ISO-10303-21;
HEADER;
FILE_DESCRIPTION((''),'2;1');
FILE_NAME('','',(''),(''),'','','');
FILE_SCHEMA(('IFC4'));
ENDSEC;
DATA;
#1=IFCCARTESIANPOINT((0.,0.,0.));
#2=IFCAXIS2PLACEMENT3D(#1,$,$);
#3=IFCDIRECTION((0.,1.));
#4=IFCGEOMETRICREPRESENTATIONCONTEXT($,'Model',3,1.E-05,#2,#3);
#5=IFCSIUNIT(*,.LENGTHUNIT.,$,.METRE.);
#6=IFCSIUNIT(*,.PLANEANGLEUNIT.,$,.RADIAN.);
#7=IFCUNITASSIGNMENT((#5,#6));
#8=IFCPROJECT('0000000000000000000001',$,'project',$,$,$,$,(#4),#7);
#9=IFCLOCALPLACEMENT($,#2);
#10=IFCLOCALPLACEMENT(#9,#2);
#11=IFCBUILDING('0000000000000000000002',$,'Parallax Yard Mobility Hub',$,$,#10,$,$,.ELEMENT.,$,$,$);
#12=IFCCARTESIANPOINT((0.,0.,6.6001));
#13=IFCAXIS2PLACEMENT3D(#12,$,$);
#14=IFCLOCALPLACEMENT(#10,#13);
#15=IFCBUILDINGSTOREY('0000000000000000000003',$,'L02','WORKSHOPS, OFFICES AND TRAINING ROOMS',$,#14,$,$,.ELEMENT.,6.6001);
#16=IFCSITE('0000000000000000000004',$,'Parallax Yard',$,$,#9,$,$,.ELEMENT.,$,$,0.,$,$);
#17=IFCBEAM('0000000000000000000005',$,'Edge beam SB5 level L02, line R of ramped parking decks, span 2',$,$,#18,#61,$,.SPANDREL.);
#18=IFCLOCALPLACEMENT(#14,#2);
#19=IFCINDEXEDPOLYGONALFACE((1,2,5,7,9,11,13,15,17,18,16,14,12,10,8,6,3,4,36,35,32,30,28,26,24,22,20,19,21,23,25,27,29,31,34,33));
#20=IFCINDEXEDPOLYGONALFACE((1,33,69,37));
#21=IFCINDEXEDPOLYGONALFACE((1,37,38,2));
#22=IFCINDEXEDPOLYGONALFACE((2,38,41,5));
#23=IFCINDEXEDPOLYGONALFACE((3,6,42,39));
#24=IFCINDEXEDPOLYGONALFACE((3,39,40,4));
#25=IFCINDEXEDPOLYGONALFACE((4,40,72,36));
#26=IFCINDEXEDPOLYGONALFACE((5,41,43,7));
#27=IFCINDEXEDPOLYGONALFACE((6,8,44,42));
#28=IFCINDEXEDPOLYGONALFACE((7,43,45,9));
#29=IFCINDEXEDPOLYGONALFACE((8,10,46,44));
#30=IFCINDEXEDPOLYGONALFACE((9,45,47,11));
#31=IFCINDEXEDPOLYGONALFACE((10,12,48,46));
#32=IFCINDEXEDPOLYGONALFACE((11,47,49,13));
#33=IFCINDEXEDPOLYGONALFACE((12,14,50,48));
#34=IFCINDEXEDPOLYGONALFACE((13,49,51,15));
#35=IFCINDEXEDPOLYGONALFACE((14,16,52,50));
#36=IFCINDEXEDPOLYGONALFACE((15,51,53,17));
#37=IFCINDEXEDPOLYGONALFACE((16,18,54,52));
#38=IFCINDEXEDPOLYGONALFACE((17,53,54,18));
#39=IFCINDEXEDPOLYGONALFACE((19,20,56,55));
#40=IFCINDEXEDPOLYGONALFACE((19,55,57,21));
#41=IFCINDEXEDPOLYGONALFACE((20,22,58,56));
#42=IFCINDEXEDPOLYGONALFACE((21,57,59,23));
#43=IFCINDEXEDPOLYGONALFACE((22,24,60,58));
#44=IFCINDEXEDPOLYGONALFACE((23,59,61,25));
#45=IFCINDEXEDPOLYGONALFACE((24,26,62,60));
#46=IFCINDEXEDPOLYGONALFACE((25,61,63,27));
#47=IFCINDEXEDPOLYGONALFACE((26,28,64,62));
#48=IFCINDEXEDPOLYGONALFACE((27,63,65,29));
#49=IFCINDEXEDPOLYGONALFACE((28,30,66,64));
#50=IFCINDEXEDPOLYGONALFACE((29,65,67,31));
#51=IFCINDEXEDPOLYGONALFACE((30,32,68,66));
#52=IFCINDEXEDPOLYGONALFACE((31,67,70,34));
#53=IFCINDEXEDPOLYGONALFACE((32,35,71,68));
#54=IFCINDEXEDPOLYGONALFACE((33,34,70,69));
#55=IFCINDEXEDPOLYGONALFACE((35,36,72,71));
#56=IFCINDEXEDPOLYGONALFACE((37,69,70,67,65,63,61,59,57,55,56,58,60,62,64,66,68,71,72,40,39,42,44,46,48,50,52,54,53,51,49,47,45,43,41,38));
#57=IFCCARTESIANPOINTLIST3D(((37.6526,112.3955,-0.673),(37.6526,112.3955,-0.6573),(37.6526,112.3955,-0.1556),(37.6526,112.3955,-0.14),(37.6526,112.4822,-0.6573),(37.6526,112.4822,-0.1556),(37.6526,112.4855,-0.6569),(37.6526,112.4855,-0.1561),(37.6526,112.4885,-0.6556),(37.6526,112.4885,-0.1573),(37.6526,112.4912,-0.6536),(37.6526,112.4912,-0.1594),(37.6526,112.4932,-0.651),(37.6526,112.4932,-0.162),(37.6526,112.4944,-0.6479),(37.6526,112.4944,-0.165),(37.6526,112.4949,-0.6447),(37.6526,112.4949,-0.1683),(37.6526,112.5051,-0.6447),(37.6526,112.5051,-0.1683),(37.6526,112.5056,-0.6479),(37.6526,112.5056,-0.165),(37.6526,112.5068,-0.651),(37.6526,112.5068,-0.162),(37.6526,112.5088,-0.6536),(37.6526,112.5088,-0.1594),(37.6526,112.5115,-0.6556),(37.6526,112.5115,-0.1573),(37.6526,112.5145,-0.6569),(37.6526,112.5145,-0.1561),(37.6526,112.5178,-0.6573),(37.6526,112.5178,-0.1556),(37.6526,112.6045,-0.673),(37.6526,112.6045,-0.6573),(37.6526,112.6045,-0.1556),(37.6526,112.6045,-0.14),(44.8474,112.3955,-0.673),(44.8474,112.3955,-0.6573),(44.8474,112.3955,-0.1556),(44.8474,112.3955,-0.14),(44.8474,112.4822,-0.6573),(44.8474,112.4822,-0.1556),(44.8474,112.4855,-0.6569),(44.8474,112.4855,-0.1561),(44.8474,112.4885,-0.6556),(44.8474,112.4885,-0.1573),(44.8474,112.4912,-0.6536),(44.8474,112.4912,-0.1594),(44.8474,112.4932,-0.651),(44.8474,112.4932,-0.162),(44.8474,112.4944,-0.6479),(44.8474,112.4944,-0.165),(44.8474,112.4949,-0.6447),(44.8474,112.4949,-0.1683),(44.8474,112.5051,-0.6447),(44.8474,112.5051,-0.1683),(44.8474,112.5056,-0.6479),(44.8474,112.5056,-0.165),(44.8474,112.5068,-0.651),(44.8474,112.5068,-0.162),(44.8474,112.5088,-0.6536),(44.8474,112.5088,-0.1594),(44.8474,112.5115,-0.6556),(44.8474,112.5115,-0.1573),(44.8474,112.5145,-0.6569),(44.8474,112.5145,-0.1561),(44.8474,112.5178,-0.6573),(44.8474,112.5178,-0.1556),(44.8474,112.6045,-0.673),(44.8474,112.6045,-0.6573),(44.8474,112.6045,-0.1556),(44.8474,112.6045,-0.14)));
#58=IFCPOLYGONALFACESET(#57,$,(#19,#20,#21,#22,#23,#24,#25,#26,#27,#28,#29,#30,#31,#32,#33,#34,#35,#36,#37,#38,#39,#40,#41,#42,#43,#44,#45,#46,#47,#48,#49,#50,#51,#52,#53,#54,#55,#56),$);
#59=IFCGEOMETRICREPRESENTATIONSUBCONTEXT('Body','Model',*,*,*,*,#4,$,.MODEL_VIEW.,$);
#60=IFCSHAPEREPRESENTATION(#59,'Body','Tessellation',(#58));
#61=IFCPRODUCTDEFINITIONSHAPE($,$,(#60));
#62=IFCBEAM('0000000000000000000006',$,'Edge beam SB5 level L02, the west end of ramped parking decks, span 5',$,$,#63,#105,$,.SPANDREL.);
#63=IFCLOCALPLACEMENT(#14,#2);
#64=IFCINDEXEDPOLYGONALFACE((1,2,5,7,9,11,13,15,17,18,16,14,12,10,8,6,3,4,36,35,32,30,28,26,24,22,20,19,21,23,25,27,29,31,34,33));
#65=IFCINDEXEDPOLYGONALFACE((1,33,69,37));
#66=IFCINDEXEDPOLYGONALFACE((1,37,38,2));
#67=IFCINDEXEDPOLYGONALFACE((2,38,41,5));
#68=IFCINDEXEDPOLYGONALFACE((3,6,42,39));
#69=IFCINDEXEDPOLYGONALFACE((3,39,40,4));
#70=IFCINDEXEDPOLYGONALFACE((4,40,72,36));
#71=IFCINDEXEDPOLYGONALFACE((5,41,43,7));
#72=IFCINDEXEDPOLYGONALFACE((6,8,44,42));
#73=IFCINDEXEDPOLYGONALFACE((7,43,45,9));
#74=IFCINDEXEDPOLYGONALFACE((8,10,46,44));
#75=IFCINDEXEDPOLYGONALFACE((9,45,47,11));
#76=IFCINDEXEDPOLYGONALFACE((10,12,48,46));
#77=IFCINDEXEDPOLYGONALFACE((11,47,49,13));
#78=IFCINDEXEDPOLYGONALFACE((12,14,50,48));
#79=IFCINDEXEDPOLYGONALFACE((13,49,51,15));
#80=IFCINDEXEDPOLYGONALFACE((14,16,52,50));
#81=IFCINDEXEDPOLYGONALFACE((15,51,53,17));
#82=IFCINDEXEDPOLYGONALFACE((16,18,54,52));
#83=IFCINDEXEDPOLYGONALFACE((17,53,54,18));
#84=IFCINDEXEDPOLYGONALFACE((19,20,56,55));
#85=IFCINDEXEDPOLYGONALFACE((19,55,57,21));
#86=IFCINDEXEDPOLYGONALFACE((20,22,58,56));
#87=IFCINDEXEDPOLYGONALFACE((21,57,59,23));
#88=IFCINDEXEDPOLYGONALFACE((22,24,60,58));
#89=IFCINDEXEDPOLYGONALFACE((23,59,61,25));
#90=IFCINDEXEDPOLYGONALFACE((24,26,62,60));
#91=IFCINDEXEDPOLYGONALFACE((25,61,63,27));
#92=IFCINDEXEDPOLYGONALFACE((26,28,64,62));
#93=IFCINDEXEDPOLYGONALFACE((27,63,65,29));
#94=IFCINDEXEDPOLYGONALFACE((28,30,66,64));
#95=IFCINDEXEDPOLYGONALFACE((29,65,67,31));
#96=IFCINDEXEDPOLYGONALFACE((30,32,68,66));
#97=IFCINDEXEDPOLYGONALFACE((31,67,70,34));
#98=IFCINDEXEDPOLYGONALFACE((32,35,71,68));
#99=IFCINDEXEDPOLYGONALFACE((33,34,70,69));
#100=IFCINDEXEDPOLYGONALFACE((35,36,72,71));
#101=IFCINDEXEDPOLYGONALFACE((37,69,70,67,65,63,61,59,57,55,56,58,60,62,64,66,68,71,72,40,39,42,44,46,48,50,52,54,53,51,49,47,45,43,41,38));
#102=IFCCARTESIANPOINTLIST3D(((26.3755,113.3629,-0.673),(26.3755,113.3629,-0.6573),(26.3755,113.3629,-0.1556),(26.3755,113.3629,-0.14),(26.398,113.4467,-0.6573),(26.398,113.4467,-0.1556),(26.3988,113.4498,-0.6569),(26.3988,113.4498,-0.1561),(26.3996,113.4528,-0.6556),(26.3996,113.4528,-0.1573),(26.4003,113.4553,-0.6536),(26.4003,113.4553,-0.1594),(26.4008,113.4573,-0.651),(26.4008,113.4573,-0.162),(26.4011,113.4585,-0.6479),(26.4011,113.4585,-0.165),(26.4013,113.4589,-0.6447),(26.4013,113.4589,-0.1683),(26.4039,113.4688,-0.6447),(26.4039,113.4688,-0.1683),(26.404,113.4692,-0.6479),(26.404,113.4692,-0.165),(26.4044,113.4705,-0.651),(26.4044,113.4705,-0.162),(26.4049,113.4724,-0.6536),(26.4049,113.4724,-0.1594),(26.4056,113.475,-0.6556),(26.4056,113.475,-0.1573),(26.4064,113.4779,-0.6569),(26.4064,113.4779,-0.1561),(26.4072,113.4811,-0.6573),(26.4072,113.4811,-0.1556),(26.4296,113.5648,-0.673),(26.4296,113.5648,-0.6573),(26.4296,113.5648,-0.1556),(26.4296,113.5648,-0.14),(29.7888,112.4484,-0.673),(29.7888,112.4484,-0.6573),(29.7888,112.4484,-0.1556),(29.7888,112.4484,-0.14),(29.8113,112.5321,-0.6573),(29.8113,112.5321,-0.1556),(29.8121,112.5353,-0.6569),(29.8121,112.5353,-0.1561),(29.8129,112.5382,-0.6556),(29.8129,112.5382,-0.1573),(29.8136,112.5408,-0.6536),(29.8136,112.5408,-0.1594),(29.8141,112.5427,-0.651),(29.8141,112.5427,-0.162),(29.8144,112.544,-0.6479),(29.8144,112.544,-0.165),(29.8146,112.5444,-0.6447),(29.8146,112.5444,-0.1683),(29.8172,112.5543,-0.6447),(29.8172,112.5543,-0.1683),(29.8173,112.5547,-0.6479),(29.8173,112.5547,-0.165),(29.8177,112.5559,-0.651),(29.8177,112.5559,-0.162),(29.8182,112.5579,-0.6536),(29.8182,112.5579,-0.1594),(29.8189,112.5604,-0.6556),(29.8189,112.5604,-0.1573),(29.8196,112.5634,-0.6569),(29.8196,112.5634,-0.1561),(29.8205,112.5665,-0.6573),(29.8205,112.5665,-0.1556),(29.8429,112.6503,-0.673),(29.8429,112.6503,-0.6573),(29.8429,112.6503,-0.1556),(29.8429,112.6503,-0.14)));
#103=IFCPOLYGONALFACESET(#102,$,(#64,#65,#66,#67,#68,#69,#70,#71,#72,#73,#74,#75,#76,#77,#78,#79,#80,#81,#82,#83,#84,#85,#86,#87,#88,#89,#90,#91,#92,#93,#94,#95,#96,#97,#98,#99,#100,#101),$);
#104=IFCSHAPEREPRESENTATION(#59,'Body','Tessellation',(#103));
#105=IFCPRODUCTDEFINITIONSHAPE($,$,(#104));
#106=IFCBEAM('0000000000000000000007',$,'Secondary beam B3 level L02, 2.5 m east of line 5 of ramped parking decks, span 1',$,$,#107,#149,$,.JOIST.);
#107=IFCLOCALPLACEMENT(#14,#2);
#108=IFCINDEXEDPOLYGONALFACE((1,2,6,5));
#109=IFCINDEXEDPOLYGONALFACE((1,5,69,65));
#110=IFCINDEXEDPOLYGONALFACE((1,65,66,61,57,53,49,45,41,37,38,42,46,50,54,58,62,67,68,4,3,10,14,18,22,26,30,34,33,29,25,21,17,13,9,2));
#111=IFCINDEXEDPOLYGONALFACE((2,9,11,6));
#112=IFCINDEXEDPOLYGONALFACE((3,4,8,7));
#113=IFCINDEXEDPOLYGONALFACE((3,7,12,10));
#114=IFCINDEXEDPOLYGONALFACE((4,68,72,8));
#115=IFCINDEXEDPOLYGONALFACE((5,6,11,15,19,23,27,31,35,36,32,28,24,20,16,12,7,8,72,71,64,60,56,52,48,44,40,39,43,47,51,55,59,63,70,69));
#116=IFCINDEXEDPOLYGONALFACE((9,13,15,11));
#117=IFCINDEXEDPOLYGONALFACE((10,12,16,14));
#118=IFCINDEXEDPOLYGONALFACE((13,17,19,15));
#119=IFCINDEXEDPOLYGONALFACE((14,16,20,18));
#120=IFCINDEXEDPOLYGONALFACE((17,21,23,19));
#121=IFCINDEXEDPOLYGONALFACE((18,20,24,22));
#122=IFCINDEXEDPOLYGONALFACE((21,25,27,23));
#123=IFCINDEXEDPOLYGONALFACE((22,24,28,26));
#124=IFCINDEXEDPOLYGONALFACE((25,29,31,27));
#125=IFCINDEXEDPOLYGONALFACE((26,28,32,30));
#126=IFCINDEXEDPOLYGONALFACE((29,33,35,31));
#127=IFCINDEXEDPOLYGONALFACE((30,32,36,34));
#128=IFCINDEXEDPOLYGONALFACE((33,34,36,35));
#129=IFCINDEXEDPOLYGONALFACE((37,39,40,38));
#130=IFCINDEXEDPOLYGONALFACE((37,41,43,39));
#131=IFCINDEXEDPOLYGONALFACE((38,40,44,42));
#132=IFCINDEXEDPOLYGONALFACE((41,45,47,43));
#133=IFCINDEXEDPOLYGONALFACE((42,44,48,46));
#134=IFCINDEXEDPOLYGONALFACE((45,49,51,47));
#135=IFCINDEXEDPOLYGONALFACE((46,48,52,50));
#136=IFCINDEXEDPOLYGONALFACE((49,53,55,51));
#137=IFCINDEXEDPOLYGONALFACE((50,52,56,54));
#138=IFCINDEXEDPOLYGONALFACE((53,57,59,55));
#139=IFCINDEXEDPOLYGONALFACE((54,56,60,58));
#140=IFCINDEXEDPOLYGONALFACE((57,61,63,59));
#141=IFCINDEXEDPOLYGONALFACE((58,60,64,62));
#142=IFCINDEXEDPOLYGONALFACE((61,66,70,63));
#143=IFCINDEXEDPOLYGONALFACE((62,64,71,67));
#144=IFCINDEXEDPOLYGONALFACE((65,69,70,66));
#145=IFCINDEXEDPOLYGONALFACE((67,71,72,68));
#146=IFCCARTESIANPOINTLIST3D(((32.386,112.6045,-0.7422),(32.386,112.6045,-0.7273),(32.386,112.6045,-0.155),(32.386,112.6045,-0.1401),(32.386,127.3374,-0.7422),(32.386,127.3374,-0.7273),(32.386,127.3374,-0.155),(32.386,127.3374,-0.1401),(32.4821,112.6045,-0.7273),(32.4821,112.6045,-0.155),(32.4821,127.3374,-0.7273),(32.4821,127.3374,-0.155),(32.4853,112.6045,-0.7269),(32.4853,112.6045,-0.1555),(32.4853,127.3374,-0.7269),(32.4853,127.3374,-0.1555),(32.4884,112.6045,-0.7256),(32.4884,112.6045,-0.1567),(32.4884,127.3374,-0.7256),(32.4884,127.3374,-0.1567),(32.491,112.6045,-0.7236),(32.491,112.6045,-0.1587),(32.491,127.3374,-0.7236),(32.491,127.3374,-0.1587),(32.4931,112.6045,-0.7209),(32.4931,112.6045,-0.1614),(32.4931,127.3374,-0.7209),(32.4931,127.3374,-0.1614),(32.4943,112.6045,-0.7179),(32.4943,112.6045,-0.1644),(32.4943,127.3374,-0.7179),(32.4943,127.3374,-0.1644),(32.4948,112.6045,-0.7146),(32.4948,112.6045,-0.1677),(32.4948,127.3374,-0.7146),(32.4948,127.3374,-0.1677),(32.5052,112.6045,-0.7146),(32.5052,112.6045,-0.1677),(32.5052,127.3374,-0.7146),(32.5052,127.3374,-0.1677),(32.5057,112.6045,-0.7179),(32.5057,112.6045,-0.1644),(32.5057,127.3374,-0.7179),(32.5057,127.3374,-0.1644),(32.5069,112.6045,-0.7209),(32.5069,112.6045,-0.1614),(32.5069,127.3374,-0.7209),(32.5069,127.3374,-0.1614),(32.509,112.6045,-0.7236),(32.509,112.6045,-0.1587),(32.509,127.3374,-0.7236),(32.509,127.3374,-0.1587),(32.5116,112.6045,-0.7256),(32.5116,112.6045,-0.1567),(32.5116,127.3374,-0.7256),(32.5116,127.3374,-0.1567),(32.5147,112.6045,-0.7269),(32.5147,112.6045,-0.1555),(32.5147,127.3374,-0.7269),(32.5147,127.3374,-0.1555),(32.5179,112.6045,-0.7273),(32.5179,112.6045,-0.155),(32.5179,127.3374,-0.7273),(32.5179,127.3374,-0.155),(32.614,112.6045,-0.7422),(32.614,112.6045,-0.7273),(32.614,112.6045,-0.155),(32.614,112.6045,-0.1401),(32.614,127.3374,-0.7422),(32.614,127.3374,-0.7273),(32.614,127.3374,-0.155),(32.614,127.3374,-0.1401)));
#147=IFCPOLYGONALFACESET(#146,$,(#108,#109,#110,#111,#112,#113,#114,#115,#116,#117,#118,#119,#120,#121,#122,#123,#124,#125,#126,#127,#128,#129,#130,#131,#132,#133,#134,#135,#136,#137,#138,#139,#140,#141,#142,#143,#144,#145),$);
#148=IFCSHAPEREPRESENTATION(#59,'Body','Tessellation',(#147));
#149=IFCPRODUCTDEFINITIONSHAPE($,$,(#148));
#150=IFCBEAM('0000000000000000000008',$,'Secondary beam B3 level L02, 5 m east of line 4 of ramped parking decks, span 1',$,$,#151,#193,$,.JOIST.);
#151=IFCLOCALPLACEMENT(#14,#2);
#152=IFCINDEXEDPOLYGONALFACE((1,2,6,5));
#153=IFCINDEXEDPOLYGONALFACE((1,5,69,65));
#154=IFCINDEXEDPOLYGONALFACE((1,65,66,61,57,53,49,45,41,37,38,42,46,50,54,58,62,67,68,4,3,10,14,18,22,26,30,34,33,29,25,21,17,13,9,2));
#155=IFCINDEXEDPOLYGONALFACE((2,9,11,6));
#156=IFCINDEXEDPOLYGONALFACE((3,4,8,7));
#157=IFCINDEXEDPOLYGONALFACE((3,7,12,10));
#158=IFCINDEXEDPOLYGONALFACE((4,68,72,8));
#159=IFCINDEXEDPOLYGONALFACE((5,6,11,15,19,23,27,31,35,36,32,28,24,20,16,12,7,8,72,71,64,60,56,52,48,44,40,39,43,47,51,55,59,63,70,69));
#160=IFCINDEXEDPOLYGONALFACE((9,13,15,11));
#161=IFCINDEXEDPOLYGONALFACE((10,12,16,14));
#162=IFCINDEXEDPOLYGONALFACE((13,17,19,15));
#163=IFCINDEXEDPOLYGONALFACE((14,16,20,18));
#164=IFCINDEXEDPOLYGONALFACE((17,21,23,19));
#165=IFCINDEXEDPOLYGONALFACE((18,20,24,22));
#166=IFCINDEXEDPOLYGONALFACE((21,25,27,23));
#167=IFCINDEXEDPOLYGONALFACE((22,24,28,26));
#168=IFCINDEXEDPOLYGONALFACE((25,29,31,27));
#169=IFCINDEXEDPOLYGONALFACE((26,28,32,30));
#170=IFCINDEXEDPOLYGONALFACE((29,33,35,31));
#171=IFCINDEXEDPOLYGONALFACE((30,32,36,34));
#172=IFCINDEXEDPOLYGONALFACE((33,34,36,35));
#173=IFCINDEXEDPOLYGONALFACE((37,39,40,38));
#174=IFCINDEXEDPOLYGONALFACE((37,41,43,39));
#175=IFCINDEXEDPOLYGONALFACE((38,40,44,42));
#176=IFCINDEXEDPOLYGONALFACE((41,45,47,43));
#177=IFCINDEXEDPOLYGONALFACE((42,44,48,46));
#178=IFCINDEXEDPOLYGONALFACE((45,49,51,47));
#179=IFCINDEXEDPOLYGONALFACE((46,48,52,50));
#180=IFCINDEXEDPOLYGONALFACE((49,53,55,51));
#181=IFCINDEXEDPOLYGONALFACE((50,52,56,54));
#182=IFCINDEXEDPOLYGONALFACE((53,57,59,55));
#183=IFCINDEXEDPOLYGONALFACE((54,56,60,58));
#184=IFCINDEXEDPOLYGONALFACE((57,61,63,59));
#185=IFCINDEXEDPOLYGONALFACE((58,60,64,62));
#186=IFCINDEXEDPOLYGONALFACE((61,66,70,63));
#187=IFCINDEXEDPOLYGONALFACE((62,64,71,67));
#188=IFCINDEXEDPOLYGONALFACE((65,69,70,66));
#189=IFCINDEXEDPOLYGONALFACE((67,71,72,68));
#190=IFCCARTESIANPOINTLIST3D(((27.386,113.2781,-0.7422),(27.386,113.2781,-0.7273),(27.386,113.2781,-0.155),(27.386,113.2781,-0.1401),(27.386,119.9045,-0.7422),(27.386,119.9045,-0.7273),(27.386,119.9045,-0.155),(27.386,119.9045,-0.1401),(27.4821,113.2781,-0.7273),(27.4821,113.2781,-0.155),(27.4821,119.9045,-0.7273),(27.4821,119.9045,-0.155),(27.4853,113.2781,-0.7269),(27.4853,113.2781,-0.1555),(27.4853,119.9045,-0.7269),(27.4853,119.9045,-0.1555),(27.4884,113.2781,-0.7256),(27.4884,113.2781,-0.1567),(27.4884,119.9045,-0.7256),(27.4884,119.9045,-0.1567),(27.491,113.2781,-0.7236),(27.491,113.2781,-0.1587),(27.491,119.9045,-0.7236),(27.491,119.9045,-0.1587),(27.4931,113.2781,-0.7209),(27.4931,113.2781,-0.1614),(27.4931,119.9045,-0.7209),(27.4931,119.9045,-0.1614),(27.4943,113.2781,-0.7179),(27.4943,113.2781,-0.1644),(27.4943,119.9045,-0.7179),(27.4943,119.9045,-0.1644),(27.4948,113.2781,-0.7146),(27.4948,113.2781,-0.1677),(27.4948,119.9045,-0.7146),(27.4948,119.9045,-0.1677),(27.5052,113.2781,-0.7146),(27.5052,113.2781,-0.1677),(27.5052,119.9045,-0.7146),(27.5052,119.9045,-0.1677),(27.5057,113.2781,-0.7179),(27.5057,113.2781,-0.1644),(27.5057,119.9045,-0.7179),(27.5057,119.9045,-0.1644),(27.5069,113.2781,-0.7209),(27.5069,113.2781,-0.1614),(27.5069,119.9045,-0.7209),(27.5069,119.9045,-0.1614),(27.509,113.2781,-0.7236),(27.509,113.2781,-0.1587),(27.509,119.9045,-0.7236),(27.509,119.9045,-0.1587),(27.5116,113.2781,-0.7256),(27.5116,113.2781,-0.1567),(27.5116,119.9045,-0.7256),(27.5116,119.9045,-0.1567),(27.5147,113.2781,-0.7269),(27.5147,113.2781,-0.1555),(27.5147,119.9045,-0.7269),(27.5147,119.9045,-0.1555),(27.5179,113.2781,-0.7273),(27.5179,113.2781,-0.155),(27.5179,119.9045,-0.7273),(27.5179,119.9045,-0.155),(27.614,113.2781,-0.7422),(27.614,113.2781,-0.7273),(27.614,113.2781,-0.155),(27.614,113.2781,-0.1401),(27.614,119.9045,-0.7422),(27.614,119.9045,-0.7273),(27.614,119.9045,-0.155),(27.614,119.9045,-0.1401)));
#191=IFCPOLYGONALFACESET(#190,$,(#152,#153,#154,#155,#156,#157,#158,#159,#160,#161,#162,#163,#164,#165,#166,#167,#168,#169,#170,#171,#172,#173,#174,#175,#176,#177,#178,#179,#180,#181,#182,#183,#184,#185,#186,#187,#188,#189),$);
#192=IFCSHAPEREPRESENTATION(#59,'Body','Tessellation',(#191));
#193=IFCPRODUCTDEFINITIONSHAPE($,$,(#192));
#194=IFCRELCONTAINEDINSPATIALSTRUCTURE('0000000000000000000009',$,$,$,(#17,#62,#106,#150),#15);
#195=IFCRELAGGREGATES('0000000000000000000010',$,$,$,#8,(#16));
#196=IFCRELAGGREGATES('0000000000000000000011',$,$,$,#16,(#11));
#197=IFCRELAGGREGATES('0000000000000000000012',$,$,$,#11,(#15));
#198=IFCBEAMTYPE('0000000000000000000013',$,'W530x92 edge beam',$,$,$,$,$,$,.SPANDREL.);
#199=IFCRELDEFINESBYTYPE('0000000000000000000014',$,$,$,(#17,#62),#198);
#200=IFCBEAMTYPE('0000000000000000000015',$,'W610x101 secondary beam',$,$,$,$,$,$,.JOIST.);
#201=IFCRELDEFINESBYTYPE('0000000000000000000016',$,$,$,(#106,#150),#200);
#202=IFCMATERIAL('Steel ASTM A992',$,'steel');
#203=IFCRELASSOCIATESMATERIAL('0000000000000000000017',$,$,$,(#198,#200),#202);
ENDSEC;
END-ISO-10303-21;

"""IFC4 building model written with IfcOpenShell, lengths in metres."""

from ifc_helpers import new_model, si_unit, direction, frame, origin, origin_2d, place, context, subcontext, project, spatial, i_section, extrude, material, material_profile, profile_set, type_object, element, save


model = new_model("IFC4")

# Units and contexts
model_context = context("Model", 3, precision=1e-05, world=origin(), true_north=direction((0.0, 1.0)))
body_context = subcontext(model_context, "Body", "Model", "MODEL_VIEW")
ifc_project = project(units=[si_unit("LENGTHUNIT", "METRE"), si_unit("PLANEANGLEUNIT", "RADIAN")], contexts=[model_context])

# Site, building, storey
site_placement = place(None, origin())
site = spatial("IfcSite", under=ifc_project, at=site_placement, Name="Parallax Yard", CompositionType="ELEMENT", RefElevation=0.0)
building_placement = place(site_placement, origin())
building = spatial("IfcBuilding", under=site, at=building_placement, Name="Parallax Yard Mobility Hub", CompositionType="ELEMENT")
storey_placement = place(building_placement, frame((0.0, 0.0, 6.6001)))
storey = spatial("IfcBuildingStorey", under=building, at=storey_placement, Name="L02", Description="WORKSHOPS, OFFICES AND TRAINING ROOMS", CompositionType="ELEMENT", Elevation=6.6001)

# Shared definitions
ifc_material_1 = material(Name="Steel ASTM A992", Category="steel")

# Beams
ifc_material_profile_1 = material_profile(ifc_material_1, i_section(OverallWidth=0.209, OverallDepth=0.533, WebThickness=0.0103, FlangeThickness=0.0156, FilletRadius=0.0127, at=origin_2d()), Name="W530x92")
ifc_profile_set_1 = profile_set([ifc_material_profile_1], Name="Steel ASTM A992")
beam_type_1 = type_object("IfcBeamType", Name="W530x92 edge beam", PredefinedType="SPANDREL", material=ifc_profile_set_1)
beam_1_placement = place(storey_placement, frame((37.6526, 112.5, -0.4065), z_axis=(1.0, 0.0, 0.0), x_axis=(0.0, 1.0, 0.0)))
element("IfcBeam", 1, at=beam_1_placement, inside=storey, type_object=beam_type_1, Name="Edge beam SB5 level L02, line R of ramped parking decks, span 2", PredefinedType="SPANDREL", context=body_context, shape_type="SweptSolid", body=[
    extrude(i_section(OverallWidth=0.209, OverallDepth=0.533, WebThickness=0.0103, FlangeThickness=0.0156, FilletRadius=0.0127, at=origin_2d()), origin(), (0.0, 0.0, 1.0), 7.1948),
])
beam_2_placement = place(storey_placement, frame((26.4026, 113.4639, -0.4065), z_axis=(0.965929, -0.258806, 0.0), x_axis=(0.258806, 0.965929, 0.0)))
element("IfcBeam", 2, at=beam_2_placement, inside=storey, type_object=beam_type_1, Name="Edge beam SB5 level L02, the west end of ramped parking decks, span 5", PredefinedType="SPANDREL", context=body_context, shape_type="SweptSolid", body=[
    extrude(i_section(OverallWidth=0.209, OverallDepth=0.533, WebThickness=0.0103, FlangeThickness=0.0156, FilletRadius=0.0127, at=origin_2d()), origin(), (0.0, 0.0, 1.0), 3.5337),
])
ifc_material_profile_2 = material_profile(ifc_material_1, i_section(OverallWidth=0.228, OverallDepth=0.6021, WebThickness=0.0105, FlangeThickness=0.0149, FilletRadius=0.0127, at=origin_2d()), Name="W610x101")
ifc_profile_set_2 = profile_set([ifc_material_profile_2], Name="Steel ASTM A992")
beam_type_2 = type_object("IfcBeamType", Name="W610x101 secondary beam", PredefinedType="JOIST", material=ifc_profile_set_2)
beam_3_placement = place(storey_placement, frame((32.5, 112.6045, -0.4412), z_axis=(0.0, 1.0, 0.0), x_axis=(-1.0, 0.0, 0.0)))
element("IfcBeam", 3, at=beam_3_placement, inside=storey, type_object=beam_type_2, Name="Secondary beam B3 level L02, 2.5 m east of line 5 of ramped parking decks, span 1", PredefinedType="JOIST", context=body_context, shape_type="SweptSolid", body=[
    extrude(i_section(OverallWidth=0.228, OverallDepth=0.6021, WebThickness=0.0105, FlangeThickness=0.0149, FilletRadius=0.0127, at=origin_2d()), origin(), (0.0, 0.0, 1.0), 14.7329),
])
beam_4_placement = place(storey_placement, frame((27.5, 113.2781, -0.4412), z_axis=(0.0, 1.0, 0.0), x_axis=(-1.0, 0.0, 0.0)))
element("IfcBeam", 4, at=beam_4_placement, inside=storey, type_object=beam_type_2, Name="Secondary beam B3 level L02, 5 m east of line 4 of ramped parking decks, span 1", PredefinedType="JOIST", context=body_context, shape_type="SweptSolid", body=[
    extrude(i_section(OverallWidth=0.228, OverallDepth=0.6021, WebThickness=0.0105, FlangeThickness=0.0149, FilletRadius=0.0127, at=origin_2d()), origin(), (0.0, 0.0, 1.0), 6.6265),
])

save(model, "model.ifc")
